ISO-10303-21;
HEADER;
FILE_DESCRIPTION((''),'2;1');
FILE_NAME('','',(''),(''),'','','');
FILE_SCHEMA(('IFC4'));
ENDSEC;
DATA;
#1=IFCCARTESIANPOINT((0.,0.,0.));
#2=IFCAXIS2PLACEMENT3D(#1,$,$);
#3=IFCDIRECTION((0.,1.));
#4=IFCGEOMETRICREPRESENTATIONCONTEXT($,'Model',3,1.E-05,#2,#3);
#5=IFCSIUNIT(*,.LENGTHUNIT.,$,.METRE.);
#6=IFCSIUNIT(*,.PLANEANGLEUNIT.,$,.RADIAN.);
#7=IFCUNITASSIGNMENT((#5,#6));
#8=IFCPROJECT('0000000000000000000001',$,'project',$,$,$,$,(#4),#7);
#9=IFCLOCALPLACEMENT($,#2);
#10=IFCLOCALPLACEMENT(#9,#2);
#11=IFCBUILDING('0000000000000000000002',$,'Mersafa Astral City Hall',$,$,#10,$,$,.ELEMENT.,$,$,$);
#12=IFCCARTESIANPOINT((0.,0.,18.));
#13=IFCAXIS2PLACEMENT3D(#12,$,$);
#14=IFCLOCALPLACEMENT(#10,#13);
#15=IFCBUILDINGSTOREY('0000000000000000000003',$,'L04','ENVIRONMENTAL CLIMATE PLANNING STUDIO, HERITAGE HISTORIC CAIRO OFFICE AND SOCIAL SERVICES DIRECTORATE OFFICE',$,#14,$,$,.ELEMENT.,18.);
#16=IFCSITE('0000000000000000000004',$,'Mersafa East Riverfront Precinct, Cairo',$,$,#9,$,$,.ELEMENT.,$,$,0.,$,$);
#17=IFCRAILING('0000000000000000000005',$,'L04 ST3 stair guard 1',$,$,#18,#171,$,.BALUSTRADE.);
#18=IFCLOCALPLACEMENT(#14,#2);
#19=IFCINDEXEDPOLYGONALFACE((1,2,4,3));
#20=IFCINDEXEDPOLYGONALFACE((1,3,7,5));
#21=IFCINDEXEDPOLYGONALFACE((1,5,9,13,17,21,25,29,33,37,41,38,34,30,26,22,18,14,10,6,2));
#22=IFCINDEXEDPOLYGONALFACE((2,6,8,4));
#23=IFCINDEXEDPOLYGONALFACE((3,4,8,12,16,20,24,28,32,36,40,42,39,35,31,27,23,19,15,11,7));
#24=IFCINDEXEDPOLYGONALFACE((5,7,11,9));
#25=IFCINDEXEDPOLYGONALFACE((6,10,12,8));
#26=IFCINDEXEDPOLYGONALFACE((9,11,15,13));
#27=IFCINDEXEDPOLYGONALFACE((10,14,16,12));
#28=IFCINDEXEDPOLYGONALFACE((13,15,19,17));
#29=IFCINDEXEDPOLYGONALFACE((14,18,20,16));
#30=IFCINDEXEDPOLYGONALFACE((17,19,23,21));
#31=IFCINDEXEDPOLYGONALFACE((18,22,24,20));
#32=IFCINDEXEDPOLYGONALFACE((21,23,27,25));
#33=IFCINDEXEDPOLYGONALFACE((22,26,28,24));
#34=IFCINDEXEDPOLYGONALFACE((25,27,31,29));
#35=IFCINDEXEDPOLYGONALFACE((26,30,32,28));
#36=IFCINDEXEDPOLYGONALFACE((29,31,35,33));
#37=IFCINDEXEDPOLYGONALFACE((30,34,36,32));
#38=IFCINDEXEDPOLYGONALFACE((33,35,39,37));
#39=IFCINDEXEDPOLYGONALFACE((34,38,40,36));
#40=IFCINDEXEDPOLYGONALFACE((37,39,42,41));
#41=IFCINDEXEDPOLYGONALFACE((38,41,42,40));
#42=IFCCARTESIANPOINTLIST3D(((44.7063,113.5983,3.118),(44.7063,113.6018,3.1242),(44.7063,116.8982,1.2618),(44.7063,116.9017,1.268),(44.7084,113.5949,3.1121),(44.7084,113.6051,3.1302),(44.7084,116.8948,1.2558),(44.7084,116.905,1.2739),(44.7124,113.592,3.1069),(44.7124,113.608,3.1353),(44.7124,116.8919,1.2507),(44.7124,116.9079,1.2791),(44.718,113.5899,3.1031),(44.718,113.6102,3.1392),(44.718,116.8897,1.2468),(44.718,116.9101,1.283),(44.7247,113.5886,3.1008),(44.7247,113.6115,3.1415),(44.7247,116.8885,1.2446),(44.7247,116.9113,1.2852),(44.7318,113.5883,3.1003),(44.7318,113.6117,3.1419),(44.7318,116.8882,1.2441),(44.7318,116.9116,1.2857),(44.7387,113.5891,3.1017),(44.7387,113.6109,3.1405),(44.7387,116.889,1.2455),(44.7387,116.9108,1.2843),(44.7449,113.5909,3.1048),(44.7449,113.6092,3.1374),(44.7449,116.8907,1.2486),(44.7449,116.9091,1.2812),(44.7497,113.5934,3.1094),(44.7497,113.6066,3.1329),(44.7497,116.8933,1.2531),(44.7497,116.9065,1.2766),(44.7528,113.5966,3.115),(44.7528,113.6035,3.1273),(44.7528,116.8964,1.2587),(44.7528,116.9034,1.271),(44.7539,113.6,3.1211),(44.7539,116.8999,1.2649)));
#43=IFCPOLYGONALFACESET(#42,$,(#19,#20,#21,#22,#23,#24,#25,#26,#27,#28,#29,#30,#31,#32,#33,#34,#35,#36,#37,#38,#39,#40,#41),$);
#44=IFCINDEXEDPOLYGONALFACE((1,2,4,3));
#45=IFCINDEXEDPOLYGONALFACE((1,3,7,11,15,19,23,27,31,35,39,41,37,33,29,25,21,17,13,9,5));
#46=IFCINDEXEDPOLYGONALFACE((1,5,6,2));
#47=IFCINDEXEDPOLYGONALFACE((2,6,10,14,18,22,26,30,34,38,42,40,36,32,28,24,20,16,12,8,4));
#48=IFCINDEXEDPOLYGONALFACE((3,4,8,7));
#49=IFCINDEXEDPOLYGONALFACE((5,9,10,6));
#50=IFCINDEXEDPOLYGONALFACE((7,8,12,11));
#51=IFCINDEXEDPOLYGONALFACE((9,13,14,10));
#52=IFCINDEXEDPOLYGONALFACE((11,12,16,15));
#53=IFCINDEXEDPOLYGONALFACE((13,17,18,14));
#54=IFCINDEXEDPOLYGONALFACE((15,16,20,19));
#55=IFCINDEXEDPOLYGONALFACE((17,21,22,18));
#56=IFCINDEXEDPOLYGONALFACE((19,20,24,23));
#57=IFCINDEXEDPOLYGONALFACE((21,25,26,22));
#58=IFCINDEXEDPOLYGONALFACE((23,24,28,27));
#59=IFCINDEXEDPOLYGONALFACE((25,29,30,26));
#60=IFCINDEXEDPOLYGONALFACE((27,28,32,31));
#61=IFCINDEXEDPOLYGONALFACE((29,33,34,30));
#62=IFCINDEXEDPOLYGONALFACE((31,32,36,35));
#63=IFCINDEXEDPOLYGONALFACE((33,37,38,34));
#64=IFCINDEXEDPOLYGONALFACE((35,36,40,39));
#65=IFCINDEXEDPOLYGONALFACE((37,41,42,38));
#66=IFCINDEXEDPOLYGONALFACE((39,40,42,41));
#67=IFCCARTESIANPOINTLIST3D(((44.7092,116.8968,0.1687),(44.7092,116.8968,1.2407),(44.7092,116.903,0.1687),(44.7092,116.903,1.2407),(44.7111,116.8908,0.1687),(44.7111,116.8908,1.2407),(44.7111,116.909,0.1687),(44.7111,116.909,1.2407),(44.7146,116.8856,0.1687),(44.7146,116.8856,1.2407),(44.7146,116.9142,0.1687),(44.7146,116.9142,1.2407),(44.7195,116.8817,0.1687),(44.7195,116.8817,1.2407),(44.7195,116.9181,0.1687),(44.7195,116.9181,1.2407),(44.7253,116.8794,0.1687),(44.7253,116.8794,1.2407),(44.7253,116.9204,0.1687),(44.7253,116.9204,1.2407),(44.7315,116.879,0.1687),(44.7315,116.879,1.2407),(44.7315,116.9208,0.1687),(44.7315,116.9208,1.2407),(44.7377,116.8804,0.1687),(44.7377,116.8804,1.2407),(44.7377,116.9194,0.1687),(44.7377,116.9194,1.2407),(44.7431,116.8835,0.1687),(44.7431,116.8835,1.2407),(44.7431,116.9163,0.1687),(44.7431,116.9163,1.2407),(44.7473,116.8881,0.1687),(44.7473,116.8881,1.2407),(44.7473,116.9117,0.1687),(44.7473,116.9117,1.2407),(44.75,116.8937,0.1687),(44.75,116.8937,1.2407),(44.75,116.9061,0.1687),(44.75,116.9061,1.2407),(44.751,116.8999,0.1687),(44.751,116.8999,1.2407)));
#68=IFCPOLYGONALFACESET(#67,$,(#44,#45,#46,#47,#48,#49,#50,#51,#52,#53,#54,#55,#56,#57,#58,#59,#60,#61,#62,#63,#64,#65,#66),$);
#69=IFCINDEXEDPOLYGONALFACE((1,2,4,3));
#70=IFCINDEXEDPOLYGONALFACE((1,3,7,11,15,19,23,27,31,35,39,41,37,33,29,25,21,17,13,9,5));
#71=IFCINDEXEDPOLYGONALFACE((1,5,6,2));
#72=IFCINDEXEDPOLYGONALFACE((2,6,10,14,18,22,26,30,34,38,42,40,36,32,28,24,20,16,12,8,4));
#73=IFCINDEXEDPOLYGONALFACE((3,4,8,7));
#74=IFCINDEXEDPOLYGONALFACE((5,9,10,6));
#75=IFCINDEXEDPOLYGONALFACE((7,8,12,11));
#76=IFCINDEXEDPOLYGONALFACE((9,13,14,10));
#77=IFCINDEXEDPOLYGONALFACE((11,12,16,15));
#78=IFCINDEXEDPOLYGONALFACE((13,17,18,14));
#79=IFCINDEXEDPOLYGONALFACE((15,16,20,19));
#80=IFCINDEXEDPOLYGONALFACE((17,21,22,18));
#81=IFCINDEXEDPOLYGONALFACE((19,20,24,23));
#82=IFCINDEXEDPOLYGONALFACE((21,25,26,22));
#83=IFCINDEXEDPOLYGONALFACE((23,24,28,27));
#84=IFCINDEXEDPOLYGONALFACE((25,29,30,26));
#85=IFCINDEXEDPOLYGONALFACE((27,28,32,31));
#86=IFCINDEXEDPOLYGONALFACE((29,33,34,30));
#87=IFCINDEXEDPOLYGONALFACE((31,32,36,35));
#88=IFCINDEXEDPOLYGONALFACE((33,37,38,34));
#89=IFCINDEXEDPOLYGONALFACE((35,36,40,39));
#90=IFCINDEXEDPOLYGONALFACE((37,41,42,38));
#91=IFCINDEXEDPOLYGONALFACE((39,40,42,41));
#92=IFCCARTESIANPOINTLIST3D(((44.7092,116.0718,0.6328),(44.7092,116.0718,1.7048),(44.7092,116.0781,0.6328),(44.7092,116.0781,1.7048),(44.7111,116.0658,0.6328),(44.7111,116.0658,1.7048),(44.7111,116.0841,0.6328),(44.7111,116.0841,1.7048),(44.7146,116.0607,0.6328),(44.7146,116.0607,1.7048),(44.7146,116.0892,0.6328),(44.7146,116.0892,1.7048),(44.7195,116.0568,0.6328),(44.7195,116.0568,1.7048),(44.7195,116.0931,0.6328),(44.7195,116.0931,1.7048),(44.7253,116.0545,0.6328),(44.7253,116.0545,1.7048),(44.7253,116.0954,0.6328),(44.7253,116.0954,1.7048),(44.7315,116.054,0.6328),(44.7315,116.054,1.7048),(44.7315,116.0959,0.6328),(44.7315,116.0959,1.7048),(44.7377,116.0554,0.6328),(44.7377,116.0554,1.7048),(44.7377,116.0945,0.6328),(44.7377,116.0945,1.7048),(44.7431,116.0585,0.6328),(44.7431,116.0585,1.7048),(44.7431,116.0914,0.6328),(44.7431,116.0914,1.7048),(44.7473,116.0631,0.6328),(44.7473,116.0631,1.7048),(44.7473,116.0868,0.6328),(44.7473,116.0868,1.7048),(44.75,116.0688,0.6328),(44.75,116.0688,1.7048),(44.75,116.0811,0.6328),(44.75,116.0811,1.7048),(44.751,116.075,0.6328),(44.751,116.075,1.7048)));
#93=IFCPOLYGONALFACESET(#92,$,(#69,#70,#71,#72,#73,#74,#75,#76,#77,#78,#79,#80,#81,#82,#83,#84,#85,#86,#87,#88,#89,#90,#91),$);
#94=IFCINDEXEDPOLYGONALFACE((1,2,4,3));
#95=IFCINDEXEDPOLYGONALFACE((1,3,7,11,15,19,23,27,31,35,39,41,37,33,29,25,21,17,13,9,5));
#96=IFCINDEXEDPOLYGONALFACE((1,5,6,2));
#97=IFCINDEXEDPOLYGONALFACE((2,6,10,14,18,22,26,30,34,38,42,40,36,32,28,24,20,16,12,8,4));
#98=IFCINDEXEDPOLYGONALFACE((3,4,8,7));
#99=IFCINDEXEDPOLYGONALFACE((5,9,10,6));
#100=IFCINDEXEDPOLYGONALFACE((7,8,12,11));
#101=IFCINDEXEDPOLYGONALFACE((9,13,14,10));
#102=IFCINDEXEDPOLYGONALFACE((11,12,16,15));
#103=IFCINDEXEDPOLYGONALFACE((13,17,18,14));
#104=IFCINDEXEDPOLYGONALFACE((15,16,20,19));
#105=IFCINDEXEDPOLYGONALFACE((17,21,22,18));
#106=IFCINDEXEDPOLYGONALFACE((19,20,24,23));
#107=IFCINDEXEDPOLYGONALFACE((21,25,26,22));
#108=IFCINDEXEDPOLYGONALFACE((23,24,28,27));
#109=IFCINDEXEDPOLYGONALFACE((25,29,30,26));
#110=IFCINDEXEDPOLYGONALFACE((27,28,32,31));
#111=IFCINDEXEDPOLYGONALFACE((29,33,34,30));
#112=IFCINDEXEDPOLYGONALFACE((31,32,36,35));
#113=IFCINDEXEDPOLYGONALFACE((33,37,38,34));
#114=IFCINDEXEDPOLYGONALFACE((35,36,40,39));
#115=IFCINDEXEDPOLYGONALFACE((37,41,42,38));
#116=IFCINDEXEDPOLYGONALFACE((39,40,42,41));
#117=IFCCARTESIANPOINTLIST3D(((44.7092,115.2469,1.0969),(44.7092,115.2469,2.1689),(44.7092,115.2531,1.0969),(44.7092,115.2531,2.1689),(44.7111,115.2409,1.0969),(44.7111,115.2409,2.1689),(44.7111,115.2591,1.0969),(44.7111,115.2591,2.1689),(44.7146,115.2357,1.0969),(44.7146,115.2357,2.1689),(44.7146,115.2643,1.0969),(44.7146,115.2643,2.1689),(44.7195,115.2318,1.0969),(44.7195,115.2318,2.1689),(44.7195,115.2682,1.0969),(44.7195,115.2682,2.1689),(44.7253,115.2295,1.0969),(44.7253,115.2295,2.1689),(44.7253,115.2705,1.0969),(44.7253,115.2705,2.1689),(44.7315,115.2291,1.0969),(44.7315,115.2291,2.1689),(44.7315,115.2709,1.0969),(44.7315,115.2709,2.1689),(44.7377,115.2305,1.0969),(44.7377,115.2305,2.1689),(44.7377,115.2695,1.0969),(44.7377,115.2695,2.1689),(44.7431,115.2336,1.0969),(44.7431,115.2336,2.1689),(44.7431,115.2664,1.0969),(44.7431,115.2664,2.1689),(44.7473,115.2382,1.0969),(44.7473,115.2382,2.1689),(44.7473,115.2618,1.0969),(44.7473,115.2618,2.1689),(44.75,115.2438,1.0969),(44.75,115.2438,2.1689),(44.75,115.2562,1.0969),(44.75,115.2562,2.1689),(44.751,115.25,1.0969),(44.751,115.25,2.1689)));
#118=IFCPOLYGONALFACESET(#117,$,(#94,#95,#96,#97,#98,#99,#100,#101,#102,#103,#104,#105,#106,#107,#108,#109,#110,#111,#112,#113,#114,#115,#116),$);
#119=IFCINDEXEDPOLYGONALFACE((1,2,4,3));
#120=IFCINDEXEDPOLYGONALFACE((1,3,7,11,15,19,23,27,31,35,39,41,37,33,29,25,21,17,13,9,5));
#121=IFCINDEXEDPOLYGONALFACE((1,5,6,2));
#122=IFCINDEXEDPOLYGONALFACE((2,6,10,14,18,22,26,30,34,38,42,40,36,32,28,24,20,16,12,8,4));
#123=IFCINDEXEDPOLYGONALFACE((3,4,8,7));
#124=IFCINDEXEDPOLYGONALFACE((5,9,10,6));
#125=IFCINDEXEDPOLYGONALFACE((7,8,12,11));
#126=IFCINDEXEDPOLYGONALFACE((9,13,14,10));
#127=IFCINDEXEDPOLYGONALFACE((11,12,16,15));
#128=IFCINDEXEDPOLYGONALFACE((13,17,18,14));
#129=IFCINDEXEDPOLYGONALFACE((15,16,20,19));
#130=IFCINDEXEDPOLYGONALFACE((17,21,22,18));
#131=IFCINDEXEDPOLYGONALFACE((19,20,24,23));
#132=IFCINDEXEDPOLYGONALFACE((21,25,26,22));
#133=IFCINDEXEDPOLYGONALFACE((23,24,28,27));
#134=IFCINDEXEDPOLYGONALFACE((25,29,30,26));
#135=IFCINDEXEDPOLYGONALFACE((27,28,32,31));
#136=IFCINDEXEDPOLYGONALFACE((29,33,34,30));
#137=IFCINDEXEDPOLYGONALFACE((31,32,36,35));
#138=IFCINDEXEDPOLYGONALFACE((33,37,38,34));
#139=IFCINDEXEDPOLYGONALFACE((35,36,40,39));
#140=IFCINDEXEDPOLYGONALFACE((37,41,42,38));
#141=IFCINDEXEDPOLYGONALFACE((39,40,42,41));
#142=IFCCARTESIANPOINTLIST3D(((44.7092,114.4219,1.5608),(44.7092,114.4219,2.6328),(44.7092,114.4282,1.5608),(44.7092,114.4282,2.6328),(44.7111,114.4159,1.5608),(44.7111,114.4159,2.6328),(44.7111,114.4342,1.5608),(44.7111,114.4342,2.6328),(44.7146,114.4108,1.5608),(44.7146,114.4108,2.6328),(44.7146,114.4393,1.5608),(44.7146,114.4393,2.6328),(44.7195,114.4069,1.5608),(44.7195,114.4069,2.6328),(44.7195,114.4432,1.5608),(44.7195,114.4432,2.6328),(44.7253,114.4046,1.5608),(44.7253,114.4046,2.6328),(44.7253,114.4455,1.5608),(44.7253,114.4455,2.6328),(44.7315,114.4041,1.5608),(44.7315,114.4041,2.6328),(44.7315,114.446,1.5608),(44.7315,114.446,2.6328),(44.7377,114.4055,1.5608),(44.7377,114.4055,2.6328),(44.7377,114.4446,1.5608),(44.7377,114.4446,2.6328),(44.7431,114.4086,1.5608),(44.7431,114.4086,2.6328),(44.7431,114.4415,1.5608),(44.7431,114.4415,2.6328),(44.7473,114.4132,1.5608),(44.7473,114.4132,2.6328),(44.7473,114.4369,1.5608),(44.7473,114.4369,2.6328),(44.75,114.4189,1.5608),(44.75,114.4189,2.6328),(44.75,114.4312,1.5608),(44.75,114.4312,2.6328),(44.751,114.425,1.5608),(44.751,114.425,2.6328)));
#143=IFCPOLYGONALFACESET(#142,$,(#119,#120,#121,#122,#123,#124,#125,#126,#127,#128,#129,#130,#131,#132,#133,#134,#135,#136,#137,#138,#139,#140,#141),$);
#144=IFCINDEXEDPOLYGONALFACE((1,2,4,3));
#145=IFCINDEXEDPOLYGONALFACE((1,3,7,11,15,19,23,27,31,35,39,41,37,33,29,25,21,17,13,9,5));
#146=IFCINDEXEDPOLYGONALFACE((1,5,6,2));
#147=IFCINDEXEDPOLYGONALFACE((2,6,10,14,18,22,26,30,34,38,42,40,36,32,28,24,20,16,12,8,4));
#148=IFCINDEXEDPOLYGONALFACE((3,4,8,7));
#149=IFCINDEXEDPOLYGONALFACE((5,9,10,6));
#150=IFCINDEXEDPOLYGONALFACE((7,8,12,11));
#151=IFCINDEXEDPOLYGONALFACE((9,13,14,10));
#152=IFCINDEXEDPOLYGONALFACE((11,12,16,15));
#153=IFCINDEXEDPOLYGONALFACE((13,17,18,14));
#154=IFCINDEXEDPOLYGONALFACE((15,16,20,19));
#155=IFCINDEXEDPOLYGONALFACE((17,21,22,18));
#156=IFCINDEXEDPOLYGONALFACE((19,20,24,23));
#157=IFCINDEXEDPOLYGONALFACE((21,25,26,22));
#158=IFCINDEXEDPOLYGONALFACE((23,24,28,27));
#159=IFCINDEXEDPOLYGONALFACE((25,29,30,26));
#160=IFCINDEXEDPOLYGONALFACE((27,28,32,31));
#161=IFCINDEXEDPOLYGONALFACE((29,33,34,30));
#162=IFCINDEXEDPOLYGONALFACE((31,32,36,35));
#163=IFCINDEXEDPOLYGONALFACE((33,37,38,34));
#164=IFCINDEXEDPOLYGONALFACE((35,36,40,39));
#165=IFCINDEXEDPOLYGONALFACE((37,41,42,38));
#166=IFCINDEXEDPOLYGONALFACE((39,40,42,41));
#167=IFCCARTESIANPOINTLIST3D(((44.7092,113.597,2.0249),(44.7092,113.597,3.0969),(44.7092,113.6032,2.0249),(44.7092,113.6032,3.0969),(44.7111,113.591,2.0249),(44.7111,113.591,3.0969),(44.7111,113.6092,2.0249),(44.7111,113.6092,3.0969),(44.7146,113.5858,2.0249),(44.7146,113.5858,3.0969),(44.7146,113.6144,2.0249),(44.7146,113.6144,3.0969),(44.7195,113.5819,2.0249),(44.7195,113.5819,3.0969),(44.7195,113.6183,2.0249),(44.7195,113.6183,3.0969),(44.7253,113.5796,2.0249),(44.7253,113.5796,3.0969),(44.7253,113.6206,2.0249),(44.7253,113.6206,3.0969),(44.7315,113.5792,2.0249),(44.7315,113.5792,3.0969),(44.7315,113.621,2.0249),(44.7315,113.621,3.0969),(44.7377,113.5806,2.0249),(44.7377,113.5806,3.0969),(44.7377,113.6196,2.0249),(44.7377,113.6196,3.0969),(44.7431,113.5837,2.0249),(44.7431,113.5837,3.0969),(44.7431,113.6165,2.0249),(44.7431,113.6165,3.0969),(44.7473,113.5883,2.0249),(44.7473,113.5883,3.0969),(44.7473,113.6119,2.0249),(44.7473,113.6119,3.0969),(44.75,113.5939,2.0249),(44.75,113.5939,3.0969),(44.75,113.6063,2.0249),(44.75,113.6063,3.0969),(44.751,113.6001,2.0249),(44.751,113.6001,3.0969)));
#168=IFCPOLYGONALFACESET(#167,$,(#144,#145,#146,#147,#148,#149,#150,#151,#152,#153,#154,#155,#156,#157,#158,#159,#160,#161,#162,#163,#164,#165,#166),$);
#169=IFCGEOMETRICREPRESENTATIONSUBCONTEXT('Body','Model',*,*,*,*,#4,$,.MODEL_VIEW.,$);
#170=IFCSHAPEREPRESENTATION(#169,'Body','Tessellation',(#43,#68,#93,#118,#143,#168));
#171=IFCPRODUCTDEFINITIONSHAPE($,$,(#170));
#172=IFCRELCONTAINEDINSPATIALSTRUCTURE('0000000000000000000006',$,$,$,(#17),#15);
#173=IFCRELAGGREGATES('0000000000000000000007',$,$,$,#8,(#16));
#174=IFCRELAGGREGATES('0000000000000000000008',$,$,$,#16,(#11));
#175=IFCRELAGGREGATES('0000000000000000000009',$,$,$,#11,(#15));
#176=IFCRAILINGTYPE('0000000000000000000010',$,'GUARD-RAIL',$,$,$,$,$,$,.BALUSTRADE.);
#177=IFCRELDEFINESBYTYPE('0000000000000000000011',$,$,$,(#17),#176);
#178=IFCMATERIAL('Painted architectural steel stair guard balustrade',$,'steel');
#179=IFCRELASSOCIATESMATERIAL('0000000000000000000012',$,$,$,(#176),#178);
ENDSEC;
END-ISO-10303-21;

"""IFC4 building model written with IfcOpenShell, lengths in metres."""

from ifc_helpers import new_model, si_unit, direction, frame, origin, origin_2d, place, context, subcontext, project, spatial, circle, extrude, material, type_object, element, save


model = new_model("IFC4")

# Units and contexts
model_context = context("Model", 3, precision=1e-05, world=origin(), true_north=direction((0.0, 1.0)))
body_context = subcontext(model_context, "Body", "Model", "MODEL_VIEW")
ifc_project = project(units=[si_unit("LENGTHUNIT", "METRE"), si_unit("PLANEANGLEUNIT", "RADIAN")], contexts=[model_context])

# Site, building, storey
site_placement = place(None, origin())
site = spatial("IfcSite", under=ifc_project, at=site_placement, Name="Mersafa East Riverfront Precinct, Cairo", CompositionType="ELEMENT", RefElevation=0.0)
building_placement = place(site_placement, origin())
building = spatial("IfcBuilding", under=site, at=building_placement, Name="Mersafa Astral City Hall", CompositionType="ELEMENT")
storey_placement = place(building_placement, frame((0.0, 0.0, 18.0)))
storey = spatial("IfcBuildingStorey", under=building, at=storey_placement, Name="L04", Description="ENVIRONMENTAL CLIMATE PLANNING STUDIO, HERITAGE HISTORIC CAIRO OFFICE AND SOCIAL SERVICES DIRECTORATE OFFICE", CompositionType="ELEMENT", Elevation=18.0)

# Railing
ifc_material_1 = material(Name="Painted architectural steel stair guard balustrade", Category="steel")
railing_type_1 = type_object("IfcRailingType", Name="GUARD-RAIL", PredefinedType="BALUSTRADE", material=ifc_material_1)
railing_1_placement = place(storey_placement, frame((44.73, 116.8999, 0.1687)))
element("IfcRailing", 1, at=railing_1_placement, inside=storey, type_object=railing_type_1, Name="L04 ST3 stair guard 1", PredefinedType="BALUSTRADE", context=body_context, shape_type="SweptSolid", body=[
    extrude(circle(Radius=0.0239, at=origin_2d()), frame((0.0, 0.0, 1.0962), z_axis=(0.0, -0.871569, 0.490273), x_axis=(1.0, 0.0, 0.0)), (0.0, 0.0, 1.0), 3.7861),
    extrude(circle(Radius=0.021, at=origin_2d()), origin(), (0.0, 0.0, 1.0), 1.072),
    extrude(circle(Radius=0.021, at=origin_2d()), frame((0.0, -0.825, 0.4641)), (0.0, 0.0, 1.0), 1.072),
    extrude(circle(Radius=0.021, at=origin_2d()), frame((0.0, -1.6499, 0.9282)), (0.0, 0.0, 1.0), 1.072),
    extrude(circle(Radius=0.021, at=origin_2d()), frame((0.0, -2.4749, 1.3921)), (0.0, 0.0, 1.0), 1.072),
    extrude(circle(Radius=0.021, at=origin_2d()), frame((0.0, -3.2998, 1.8562)), (0.0, 0.0, 1.0), 1.072),
])

save(model, "model.ifc")
